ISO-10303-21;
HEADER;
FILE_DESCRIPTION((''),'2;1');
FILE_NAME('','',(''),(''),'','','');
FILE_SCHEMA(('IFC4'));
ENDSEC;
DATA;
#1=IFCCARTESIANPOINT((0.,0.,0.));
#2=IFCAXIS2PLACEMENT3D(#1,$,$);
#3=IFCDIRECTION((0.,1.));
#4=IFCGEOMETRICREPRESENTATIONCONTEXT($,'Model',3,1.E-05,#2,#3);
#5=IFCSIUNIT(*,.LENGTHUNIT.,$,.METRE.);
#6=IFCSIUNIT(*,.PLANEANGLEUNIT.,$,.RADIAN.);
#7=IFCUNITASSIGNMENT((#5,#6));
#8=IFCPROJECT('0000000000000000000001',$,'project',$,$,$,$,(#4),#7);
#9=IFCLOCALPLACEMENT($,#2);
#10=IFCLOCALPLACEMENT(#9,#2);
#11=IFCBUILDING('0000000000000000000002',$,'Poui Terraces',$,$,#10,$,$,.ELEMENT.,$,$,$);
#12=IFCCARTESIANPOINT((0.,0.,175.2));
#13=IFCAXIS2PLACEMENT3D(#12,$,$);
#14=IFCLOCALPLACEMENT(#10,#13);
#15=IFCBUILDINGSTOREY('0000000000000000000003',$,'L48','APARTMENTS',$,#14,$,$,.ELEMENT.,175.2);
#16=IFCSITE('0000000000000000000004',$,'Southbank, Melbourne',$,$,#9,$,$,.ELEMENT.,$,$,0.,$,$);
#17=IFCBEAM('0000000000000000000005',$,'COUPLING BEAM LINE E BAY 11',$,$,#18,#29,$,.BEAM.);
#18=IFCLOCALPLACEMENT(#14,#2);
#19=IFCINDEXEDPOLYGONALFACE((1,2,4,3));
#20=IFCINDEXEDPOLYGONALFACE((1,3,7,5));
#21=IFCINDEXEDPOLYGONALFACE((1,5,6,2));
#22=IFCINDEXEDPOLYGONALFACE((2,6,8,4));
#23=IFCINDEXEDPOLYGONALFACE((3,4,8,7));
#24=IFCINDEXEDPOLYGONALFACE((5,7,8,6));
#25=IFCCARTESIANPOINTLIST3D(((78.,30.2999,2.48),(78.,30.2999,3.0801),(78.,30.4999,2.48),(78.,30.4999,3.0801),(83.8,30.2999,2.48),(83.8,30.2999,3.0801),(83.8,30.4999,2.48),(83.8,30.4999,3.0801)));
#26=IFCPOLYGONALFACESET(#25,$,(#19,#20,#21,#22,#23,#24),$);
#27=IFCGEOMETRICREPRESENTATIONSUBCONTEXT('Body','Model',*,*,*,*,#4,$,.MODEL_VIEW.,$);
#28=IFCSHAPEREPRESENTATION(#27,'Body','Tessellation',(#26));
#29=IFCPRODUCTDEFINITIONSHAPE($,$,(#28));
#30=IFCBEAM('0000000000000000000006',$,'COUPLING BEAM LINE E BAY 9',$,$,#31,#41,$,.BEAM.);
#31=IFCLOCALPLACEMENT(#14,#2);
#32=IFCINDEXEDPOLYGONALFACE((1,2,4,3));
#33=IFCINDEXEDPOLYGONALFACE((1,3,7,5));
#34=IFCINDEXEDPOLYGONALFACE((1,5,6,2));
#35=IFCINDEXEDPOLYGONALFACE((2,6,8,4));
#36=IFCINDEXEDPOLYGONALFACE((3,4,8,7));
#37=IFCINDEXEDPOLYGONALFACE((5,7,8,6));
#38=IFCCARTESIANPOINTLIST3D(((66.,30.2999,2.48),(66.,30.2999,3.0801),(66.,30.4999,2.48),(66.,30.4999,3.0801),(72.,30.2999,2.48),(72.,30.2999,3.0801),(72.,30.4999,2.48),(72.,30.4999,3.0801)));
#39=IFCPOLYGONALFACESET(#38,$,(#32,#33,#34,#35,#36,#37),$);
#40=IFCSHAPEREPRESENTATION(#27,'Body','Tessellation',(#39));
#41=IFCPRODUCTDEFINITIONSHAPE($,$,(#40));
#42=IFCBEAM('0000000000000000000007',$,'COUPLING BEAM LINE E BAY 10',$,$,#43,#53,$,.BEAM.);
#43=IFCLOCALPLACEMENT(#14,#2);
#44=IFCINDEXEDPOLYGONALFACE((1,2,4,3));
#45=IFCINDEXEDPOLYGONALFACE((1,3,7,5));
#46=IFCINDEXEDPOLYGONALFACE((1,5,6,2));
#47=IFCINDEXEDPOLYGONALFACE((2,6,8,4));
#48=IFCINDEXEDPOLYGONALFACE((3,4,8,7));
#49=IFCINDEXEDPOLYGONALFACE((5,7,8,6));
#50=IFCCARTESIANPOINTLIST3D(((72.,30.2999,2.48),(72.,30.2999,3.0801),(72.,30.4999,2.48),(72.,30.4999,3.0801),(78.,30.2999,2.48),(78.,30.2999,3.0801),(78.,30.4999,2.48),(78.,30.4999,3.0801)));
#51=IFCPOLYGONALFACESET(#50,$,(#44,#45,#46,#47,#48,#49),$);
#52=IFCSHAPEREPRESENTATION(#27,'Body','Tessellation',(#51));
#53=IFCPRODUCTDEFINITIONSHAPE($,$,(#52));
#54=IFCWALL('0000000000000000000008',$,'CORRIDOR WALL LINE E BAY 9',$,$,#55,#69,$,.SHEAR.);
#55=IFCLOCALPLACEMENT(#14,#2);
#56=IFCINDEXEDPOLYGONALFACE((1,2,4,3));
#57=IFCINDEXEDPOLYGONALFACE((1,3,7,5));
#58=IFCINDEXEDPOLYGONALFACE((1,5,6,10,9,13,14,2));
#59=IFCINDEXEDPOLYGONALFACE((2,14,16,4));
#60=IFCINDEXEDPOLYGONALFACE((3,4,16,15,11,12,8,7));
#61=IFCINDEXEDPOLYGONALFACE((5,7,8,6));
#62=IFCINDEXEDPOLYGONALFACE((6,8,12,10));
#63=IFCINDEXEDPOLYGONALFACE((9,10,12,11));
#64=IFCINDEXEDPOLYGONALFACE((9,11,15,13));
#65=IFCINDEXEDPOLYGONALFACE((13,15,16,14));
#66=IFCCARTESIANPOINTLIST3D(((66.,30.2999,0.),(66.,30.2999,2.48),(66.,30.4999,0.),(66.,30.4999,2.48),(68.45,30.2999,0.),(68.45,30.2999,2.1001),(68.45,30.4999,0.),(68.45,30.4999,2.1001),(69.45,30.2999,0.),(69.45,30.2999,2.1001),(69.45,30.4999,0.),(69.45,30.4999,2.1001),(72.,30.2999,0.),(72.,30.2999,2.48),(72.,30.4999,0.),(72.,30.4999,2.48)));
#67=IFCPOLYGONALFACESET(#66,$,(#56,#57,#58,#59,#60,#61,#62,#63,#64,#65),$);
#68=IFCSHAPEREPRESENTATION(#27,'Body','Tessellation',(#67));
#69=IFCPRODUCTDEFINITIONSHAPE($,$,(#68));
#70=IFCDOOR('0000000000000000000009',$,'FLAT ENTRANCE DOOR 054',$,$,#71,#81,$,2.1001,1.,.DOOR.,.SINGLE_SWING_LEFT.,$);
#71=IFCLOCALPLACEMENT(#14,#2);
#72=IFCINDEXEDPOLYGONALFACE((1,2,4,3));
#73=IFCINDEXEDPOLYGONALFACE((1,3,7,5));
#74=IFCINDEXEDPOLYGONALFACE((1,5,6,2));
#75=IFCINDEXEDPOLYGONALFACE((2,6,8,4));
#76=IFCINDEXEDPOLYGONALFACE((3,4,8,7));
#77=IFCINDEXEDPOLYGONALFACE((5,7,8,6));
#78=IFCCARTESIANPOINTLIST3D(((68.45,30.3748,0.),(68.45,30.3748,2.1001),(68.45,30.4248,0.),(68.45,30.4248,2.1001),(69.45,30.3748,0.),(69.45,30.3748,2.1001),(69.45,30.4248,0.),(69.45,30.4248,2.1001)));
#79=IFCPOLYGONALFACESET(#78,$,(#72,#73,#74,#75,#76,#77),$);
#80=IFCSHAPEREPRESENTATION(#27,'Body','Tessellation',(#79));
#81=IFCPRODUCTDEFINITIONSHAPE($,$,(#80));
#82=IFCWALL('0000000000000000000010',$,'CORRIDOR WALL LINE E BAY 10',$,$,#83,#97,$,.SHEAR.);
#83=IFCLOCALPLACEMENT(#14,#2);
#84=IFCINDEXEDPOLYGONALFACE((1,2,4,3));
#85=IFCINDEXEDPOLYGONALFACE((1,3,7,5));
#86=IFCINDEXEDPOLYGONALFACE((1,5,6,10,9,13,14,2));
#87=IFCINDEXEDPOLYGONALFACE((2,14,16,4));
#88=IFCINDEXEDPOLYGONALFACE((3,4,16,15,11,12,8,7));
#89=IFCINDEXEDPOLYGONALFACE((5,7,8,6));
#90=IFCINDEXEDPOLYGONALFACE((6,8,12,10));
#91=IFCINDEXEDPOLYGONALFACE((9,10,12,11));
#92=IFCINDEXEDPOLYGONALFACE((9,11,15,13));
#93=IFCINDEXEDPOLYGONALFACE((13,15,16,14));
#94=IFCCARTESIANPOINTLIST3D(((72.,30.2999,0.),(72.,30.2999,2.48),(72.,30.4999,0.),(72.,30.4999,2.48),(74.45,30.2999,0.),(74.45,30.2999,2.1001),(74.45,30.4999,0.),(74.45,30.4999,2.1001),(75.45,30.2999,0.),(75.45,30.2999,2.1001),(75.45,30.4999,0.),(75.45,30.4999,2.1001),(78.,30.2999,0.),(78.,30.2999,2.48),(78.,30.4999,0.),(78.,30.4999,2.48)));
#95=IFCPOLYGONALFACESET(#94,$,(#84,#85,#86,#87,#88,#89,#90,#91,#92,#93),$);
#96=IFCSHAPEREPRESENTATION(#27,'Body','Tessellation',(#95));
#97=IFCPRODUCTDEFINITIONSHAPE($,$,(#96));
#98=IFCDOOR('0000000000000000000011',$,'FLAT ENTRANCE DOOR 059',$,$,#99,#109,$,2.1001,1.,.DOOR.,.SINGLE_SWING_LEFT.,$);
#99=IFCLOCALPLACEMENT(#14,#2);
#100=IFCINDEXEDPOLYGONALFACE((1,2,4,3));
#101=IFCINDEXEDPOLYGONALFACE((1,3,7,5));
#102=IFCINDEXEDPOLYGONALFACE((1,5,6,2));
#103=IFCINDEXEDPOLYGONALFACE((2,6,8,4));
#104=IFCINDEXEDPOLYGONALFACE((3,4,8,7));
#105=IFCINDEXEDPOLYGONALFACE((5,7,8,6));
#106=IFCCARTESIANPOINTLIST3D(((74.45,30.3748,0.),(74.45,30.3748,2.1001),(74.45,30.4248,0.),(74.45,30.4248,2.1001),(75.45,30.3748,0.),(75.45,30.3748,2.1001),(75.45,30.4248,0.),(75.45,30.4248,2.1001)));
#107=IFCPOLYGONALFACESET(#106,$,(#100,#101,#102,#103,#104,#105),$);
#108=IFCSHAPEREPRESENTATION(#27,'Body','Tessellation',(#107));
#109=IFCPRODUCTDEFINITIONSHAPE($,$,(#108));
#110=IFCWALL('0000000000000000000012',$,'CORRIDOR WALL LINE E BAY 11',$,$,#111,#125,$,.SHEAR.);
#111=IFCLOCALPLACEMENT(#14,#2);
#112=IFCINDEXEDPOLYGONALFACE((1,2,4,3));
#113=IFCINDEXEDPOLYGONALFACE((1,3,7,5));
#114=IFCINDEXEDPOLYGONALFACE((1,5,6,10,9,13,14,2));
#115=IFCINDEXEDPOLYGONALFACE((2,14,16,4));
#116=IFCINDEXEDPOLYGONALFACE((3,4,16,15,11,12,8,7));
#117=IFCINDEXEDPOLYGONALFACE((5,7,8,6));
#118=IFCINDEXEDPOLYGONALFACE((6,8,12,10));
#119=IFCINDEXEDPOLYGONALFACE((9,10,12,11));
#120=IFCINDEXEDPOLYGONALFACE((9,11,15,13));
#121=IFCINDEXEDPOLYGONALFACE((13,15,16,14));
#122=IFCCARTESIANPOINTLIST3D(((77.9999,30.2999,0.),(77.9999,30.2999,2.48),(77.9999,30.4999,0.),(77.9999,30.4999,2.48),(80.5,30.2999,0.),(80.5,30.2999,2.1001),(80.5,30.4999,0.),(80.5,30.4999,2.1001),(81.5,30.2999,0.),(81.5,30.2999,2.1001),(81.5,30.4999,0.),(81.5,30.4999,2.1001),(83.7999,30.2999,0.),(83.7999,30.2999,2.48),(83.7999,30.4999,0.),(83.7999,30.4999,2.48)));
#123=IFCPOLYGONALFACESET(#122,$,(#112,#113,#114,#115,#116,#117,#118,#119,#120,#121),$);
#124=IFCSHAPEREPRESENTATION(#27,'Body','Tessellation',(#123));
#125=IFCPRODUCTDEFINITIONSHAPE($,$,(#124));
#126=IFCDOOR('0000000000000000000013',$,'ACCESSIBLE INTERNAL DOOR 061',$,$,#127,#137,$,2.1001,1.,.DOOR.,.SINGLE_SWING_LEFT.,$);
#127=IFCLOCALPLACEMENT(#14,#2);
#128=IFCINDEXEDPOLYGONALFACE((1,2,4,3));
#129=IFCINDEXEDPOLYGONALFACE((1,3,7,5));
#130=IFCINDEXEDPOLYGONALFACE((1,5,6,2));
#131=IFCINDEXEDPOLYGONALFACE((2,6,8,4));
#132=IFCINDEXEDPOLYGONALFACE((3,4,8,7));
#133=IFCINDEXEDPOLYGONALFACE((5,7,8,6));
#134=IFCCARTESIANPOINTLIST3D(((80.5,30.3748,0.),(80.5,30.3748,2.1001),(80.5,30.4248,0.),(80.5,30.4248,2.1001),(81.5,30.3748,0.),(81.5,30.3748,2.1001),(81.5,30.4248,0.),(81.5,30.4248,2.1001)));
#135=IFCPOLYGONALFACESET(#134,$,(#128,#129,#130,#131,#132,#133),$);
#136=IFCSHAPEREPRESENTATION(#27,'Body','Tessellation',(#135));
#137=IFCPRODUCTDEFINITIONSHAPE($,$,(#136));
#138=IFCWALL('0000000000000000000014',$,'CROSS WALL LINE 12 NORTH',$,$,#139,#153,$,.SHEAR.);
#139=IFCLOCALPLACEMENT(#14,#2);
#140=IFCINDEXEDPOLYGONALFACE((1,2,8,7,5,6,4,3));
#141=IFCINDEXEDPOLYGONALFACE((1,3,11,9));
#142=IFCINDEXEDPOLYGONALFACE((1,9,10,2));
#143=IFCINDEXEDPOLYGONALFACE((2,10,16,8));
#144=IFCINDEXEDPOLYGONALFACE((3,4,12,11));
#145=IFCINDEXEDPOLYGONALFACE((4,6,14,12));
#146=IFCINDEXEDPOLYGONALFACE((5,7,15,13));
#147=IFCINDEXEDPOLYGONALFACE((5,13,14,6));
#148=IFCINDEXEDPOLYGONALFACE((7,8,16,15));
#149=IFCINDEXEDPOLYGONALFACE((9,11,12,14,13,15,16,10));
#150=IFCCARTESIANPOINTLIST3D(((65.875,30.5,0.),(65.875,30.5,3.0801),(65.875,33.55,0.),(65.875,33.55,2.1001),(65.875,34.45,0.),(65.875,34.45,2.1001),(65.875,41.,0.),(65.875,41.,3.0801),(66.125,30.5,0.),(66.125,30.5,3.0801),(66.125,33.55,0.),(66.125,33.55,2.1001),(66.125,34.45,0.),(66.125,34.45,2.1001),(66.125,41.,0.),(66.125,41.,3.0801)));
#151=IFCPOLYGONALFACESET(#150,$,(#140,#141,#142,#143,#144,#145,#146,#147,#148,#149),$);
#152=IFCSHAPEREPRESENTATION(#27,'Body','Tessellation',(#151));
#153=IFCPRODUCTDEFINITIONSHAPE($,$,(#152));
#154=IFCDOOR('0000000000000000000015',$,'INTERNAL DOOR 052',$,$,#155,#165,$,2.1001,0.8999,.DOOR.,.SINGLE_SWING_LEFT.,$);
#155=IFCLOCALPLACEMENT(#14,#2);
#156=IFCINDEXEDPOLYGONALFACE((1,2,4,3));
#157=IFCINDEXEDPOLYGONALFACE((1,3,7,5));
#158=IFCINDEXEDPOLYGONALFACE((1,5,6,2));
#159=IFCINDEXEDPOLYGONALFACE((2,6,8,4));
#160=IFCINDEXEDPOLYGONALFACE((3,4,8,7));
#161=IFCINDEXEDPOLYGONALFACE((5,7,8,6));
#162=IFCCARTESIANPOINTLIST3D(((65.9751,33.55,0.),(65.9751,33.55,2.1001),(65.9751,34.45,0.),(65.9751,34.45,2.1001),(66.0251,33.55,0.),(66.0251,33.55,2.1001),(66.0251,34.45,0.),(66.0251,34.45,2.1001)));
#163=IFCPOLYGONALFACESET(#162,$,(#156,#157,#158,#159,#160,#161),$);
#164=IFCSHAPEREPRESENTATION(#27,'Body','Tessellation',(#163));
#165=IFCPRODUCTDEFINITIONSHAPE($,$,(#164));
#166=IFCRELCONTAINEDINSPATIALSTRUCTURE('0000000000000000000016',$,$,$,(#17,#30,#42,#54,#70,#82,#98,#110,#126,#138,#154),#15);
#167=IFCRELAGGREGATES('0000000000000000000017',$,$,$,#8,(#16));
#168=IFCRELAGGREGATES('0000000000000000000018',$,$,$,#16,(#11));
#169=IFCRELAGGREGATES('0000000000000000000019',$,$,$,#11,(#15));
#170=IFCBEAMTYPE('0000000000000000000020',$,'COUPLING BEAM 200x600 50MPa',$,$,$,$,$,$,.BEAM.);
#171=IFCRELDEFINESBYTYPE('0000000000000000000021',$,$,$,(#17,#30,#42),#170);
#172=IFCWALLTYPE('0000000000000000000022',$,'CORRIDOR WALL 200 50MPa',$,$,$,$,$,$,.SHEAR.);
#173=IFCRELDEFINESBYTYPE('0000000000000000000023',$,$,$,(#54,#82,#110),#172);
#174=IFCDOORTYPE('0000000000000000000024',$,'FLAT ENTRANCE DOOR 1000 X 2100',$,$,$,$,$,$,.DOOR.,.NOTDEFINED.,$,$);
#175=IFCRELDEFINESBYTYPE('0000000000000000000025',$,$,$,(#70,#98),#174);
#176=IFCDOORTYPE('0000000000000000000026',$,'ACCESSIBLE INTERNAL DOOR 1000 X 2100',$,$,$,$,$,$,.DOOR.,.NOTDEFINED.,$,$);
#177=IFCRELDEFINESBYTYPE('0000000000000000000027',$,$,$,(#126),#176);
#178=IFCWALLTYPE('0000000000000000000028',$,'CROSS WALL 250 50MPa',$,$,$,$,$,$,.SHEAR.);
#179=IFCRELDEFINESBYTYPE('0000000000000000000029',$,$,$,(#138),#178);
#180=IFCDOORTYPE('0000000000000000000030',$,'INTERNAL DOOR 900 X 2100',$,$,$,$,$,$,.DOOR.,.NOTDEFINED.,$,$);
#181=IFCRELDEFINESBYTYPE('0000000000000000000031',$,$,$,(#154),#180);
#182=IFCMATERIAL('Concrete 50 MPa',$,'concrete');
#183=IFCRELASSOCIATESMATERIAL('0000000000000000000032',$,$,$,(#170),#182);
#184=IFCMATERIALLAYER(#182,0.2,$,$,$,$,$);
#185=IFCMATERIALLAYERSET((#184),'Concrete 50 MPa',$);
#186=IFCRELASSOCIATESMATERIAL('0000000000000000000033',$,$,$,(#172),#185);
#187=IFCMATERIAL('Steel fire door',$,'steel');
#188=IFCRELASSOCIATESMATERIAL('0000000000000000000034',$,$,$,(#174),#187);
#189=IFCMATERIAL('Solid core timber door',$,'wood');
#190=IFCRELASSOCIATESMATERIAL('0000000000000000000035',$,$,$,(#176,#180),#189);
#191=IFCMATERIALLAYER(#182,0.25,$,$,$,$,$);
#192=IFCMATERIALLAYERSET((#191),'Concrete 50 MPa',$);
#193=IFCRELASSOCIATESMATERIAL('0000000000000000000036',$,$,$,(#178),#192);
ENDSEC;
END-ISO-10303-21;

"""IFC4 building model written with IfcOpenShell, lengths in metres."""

from ifc_helpers import new_model, si_unit, direction, frame, frame_2d, origin, origin_2d, place, context, subcontext, project, spatial, rectangle, extrude, source, transform, mapped, material, layer, layer_set, material_profile, profile_set, type_object, element, fill, save


model = new_model("IFC4")

# Units and contexts
model_context = context("Model", 3, precision=1e-05, world=origin(), true_north=direction((0.0, 1.0)))
body_context = subcontext(model_context, "Body", "Model", "MODEL_VIEW")
ifc_project = project(units=[si_unit("LENGTHUNIT", "METRE"), si_unit("PLANEANGLEUNIT", "RADIAN")], contexts=[model_context])

# Site, building, storey
site_placement = place(None, origin())
site = spatial("IfcSite", under=ifc_project, at=site_placement, Name="Southbank, Melbourne", CompositionType="ELEMENT", RefElevation=0.0)
building_placement = place(site_placement, origin())
building = spatial("IfcBuilding", under=site, at=building_placement, Name="Poui Terraces", CompositionType="ELEMENT")
storey_placement = place(building_placement, frame((0.0, 0.0, 175.2)))
storey = spatial("IfcBuildingStorey", under=building, at=storey_placement, Name="L48", Description="APARTMENTS", CompositionType="ELEMENT", Elevation=175.2)

# Beams
ifc_material_1 = material(Name="Concrete 50 MPa", Category="concrete")
ifc_material_profile = material_profile(ifc_material_1, rectangle(XDim=0.2, YDim=0.6001, at=origin_2d()), Name="RC 200x600")
ifc_profile_set = profile_set([ifc_material_profile], Name="Concrete 50 MPa")
beam_type = type_object("IfcBeamType", Name="COUPLING BEAM 200x600 50MPa", PredefinedType="BEAM", material=ifc_profile_set)
shared_shape_1 = source(origin(), body_context, "Body", "SweptSolid", [
    extrude(rectangle(XDim=0.2, YDim=0.6001, at=origin_2d()), origin(), (0.0, 0.0, 1.0), 5.8),
])
beam_placement = place(storey_placement, frame((78.0, 30.3999, 2.78), z_axis=(1.0, 0.0, 0.0), x_axis=(0.0, 1.0, 0.0)))
element("IfcBeam", 1, at=beam_placement, inside=storey, type_object=beam_type, Name="COUPLING BEAM LINE E BAY 11", PredefinedType="BEAM", context=body_context, shape_type="MappedRepresentation", body=[
    mapped(shared_shape_1, transform((0.0, 0.0, 0.0))),
])
shared_shape_2 = source(origin(), body_context, "Body", "SweptSolid", [
    extrude(rectangle(XDim=0.2, YDim=0.6001, at=origin_2d()), origin(), (0.0, 0.0, 1.0), 6.0),
])
for number, where, z_axis, x_axis, name in (
    (2, (66.0, 30.3999, 2.78), (1.0, 0.0, 0.0), (0.0, 1.0, 0.0), "COUPLING BEAM LINE E BAY 9"),
    (3, (72.0, 30.3999, 2.78), (1.0, 0.0, 0.0), (0.0, 1.0, 0.0), "COUPLING BEAM LINE E BAY 10"),
):
    element("IfcBeam", number, at=place(storey_placement, frame(where, z_axis=z_axis, x_axis=x_axis)), inside=storey, type_object=beam_type, Name=name, PredefinedType="BEAM", context=body_context, shape_type="MappedRepresentation", body=[
        mapped(shared_shape_2, transform((0.0, 0.0, 0.0))),
    ])

# Walls, openings, doors
ifc_layer_1 = layer(ifc_material_1, 0.2)
ifc_layer_set_1 = layer_set([ifc_layer_1], Name="Concrete 50 MPa")
wall_type_1 = type_object("IfcWallType", Name="CORRIDOR WALL 200 50MPa", PredefinedType="SHEAR", material=ifc_layer_set_1)
wall_1_placement = place(storey_placement, frame((66.0, 30.3999, 0.0), z_axis=(0.0, 0.0, 1.0), x_axis=(1.0, 0.0, 0.0)))
wall_1 = element("IfcWall", 4, at=wall_1_placement, inside=storey, type_object=wall_type_1, Name="CORRIDOR WALL LINE E BAY 9", PredefinedType="SHEAR", context=body_context, shape_type="SweptSolid", body=[
    extrude(rectangle(XDim=6.0, YDim=0.2, at=frame_2d((3.0, 0.0))), origin(), (0.0, 0.0, 1.0), 2.48),
])
opening_1_placement = place(wall_1_placement, frame((2.45, 0.0, 0.0)))
opening_1 = element("IfcOpeningElement", 5, at=opening_1_placement, cuts=wall_1, PredefinedType="OPENING", context=body_context, shape_type="SweptSolid", body=[
    extrude(rectangle(XDim=1.0, YDim=2.1001, at=frame_2d((0.5, 1.05))), frame((0.0, 0.1099, 0.0), z_axis=(0.0, -1.0, 0.0), x_axis=(1.0, 0.0, 0.0)), (0.0, 0.0, 1.0), 0.22),
])
ifc_material_2 = material(Name="Steel fire door", Category="steel")
door_type_1 = type_object("IfcDoorType", Name="FLAT ENTRANCE DOOR 1000 X 2100", OperationType="NOTDEFINED", PredefinedType="DOOR", material=ifc_material_2)
door_1_placement = place(opening_1_placement, origin())
door_1 = element("IfcDoor", 6, at=door_1_placement, inside=storey, type_object=door_type_1, Name="FLAT ENTRANCE DOOR 054", OperationType="SINGLE_SWING_LEFT", OverallHeight=2.1001, OverallWidth=1.0, PredefinedType="DOOR", context=body_context, shape_type="SweptSolid", body=[
    extrude(rectangle(XDim=1.0, YDim=2.1001, at=frame_2d((0.5, 1.05))), frame((0.0, 0.0249, 0.0), z_axis=(0.0, -1.0, 0.0), x_axis=(1.0, 0.0, 0.0)), (0.0, 0.0, 1.0), 0.05),
])
fill(opening_1, door_1)
wall_2_placement = place(storey_placement, frame((72.0, 30.3999, 0.0), z_axis=(0.0, 0.0, 1.0), x_axis=(1.0, 0.0, 0.0)))
wall_2 = element("IfcWall", 7, at=wall_2_placement, inside=storey, type_object=wall_type_1, Name="CORRIDOR WALL LINE E BAY 10", PredefinedType="SHEAR", context=body_context, shape_type="SweptSolid", body=[
    extrude(rectangle(XDim=6.0, YDim=0.2, at=frame_2d((3.0, 0.0))), origin(), (0.0, 0.0, 1.0), 2.48),
])
opening_2_placement = place(wall_2_placement, frame((2.45, 0.0, 0.0)))
opening_2 = element("IfcOpeningElement", 8, at=opening_2_placement, cuts=wall_2, PredefinedType="OPENING", context=body_context, shape_type="SweptSolid", body=[
    extrude(rectangle(XDim=1.0, YDim=2.1001, at=frame_2d((0.5, 1.05))), frame((0.0, 0.1099, 0.0), z_axis=(0.0, -1.0, 0.0), x_axis=(1.0, 0.0, 0.0)), (0.0, 0.0, 1.0), 0.22),
])
door_2_placement = place(opening_2_placement, origin())
door_2 = element("IfcDoor", 9, at=door_2_placement, inside=storey, type_object=door_type_1, Name="FLAT ENTRANCE DOOR 059", OperationType="SINGLE_SWING_LEFT", OverallHeight=2.1001, OverallWidth=1.0, PredefinedType="DOOR", context=body_context, shape_type="SweptSolid", body=[
    extrude(rectangle(XDim=1.0, YDim=2.1001, at=frame_2d((0.5, 1.05))), frame((0.0, 0.0249, 0.0), z_axis=(0.0, -1.0, 0.0), x_axis=(1.0, 0.0, 0.0)), (0.0, 0.0, 1.0), 0.05),
])
fill(opening_2, door_2)
wall_3_placement = place(storey_placement, frame((78.0, 30.3999, 0.0), z_axis=(0.0, 0.0, 1.0), x_axis=(1.0, 0.0, 0.0)))
wall_3 = element("IfcWall", 10, at=wall_3_placement, inside=storey, type_object=wall_type_1, Name="CORRIDOR WALL LINE E BAY 11", PredefinedType="SHEAR", context=body_context, shape_type="SweptSolid", body=[
    extrude(rectangle(XDim=5.8, YDim=0.2, at=frame_2d((2.8999, 0.0))), origin(), (0.0, 0.0, 1.0), 2.48),
])
opening_3_placement = place(wall_3_placement, frame((2.5, 0.0, 0.0)))
opening_3 = element("IfcOpeningElement", 11, at=opening_3_placement, cuts=wall_3, PredefinedType="OPENING", context=body_context, shape_type="SweptSolid", body=[
    extrude(rectangle(XDim=1.0, YDim=2.1001, at=frame_2d((0.5, 1.05))), frame((0.0, 0.1099, 0.0), z_axis=(0.0, -1.0, 0.0), x_axis=(1.0, 0.0, 0.0)), (0.0, 0.0, 1.0), 0.22),
])
ifc_material_3 = material(Name="Solid core timber door", Category="wood")
door_type_2 = type_object("IfcDoorType", Name="ACCESSIBLE INTERNAL DOOR 1000 X 2100", OperationType="NOTDEFINED", PredefinedType="DOOR", material=ifc_material_3)
door_3_placement = place(opening_3_placement, origin())
door_3 = element("IfcDoor", 12, at=door_3_placement, inside=storey, type_object=door_type_2, Name="ACCESSIBLE INTERNAL DOOR 061", OperationType="SINGLE_SWING_LEFT", OverallHeight=2.1001, OverallWidth=1.0, PredefinedType="DOOR", context=body_context, shape_type="SweptSolid", body=[
    extrude(rectangle(XDim=1.0, YDim=2.1001, at=frame_2d((0.5, 1.05))), frame((0.0, 0.0249, 0.0), z_axis=(0.0, -1.0, 0.0), x_axis=(1.0, 0.0, 0.0)), (0.0, 0.0, 1.0), 0.05),
])
fill(opening_3, door_3)
ifc_layer_2 = layer(ifc_material_1, 0.25)
ifc_layer_set_2 = layer_set([ifc_layer_2], Name="Concrete 50 MPa")
wall_type_2 = type_object("IfcWallType", Name="CROSS WALL 250 50MPa", PredefinedType="SHEAR", material=ifc_layer_set_2)
wall_4_placement = place(storey_placement, frame((66.0, 30.5, 0.0), z_axis=(0.0, 0.0, 1.0), x_axis=(0.0, 1.0, 0.0)))
wall_4 = element("IfcWall", 13, at=wall_4_placement, inside=storey, type_object=wall_type_2, Name="CROSS WALL LINE 12 NORTH", PredefinedType="SHEAR", context=body_context, shape_type="SweptSolid", body=[
    extrude(rectangle(XDim=10.5, YDim=0.25, at=frame_2d((5.25, 0.0))), origin(), (0.0, 0.0, 1.0), 3.0801),
])
opening_4_placement = place(wall_4_placement, frame((3.05, 0.0, 0.0)))
opening_4 = element("IfcOpeningElement", 14, at=opening_4_placement, cuts=wall_4, PredefinedType="OPENING", context=body_context, shape_type="SweptSolid", body=[
    extrude(rectangle(XDim=0.8999, YDim=2.1001, at=frame_2d((0.45, 1.05))), frame((0.0, 0.135, 0.0), z_axis=(0.0, -1.0, 0.0), x_axis=(1.0, 0.0, 0.0)), (0.0, 0.0, 1.0), 0.27),
])
door_type_3 = type_object("IfcDoorType", Name="INTERNAL DOOR 900 X 2100", OperationType="NOTDEFINED", PredefinedType="DOOR", material=ifc_material_3)
door_4_placement = place(opening_4_placement, origin())
door_4 = element("IfcDoor", 15, at=door_4_placement, inside=storey, type_object=door_type_3, Name="INTERNAL DOOR 052", OperationType="SINGLE_SWING_LEFT", OverallHeight=2.1001, OverallWidth=0.8999, PredefinedType="DOOR", context=body_context, shape_type="SweptSolid", body=[
    extrude(rectangle(XDim=0.8999, YDim=2.1001, at=frame_2d((0.45, 1.05))), frame((0.0, 0.0249, 0.0), z_axis=(0.0, -1.0, 0.0), x_axis=(1.0, 0.0, 0.0)), (0.0, 0.0, 1.0), 0.05),
])
fill(opening_4, door_4)

save(model, "model.ifc")
